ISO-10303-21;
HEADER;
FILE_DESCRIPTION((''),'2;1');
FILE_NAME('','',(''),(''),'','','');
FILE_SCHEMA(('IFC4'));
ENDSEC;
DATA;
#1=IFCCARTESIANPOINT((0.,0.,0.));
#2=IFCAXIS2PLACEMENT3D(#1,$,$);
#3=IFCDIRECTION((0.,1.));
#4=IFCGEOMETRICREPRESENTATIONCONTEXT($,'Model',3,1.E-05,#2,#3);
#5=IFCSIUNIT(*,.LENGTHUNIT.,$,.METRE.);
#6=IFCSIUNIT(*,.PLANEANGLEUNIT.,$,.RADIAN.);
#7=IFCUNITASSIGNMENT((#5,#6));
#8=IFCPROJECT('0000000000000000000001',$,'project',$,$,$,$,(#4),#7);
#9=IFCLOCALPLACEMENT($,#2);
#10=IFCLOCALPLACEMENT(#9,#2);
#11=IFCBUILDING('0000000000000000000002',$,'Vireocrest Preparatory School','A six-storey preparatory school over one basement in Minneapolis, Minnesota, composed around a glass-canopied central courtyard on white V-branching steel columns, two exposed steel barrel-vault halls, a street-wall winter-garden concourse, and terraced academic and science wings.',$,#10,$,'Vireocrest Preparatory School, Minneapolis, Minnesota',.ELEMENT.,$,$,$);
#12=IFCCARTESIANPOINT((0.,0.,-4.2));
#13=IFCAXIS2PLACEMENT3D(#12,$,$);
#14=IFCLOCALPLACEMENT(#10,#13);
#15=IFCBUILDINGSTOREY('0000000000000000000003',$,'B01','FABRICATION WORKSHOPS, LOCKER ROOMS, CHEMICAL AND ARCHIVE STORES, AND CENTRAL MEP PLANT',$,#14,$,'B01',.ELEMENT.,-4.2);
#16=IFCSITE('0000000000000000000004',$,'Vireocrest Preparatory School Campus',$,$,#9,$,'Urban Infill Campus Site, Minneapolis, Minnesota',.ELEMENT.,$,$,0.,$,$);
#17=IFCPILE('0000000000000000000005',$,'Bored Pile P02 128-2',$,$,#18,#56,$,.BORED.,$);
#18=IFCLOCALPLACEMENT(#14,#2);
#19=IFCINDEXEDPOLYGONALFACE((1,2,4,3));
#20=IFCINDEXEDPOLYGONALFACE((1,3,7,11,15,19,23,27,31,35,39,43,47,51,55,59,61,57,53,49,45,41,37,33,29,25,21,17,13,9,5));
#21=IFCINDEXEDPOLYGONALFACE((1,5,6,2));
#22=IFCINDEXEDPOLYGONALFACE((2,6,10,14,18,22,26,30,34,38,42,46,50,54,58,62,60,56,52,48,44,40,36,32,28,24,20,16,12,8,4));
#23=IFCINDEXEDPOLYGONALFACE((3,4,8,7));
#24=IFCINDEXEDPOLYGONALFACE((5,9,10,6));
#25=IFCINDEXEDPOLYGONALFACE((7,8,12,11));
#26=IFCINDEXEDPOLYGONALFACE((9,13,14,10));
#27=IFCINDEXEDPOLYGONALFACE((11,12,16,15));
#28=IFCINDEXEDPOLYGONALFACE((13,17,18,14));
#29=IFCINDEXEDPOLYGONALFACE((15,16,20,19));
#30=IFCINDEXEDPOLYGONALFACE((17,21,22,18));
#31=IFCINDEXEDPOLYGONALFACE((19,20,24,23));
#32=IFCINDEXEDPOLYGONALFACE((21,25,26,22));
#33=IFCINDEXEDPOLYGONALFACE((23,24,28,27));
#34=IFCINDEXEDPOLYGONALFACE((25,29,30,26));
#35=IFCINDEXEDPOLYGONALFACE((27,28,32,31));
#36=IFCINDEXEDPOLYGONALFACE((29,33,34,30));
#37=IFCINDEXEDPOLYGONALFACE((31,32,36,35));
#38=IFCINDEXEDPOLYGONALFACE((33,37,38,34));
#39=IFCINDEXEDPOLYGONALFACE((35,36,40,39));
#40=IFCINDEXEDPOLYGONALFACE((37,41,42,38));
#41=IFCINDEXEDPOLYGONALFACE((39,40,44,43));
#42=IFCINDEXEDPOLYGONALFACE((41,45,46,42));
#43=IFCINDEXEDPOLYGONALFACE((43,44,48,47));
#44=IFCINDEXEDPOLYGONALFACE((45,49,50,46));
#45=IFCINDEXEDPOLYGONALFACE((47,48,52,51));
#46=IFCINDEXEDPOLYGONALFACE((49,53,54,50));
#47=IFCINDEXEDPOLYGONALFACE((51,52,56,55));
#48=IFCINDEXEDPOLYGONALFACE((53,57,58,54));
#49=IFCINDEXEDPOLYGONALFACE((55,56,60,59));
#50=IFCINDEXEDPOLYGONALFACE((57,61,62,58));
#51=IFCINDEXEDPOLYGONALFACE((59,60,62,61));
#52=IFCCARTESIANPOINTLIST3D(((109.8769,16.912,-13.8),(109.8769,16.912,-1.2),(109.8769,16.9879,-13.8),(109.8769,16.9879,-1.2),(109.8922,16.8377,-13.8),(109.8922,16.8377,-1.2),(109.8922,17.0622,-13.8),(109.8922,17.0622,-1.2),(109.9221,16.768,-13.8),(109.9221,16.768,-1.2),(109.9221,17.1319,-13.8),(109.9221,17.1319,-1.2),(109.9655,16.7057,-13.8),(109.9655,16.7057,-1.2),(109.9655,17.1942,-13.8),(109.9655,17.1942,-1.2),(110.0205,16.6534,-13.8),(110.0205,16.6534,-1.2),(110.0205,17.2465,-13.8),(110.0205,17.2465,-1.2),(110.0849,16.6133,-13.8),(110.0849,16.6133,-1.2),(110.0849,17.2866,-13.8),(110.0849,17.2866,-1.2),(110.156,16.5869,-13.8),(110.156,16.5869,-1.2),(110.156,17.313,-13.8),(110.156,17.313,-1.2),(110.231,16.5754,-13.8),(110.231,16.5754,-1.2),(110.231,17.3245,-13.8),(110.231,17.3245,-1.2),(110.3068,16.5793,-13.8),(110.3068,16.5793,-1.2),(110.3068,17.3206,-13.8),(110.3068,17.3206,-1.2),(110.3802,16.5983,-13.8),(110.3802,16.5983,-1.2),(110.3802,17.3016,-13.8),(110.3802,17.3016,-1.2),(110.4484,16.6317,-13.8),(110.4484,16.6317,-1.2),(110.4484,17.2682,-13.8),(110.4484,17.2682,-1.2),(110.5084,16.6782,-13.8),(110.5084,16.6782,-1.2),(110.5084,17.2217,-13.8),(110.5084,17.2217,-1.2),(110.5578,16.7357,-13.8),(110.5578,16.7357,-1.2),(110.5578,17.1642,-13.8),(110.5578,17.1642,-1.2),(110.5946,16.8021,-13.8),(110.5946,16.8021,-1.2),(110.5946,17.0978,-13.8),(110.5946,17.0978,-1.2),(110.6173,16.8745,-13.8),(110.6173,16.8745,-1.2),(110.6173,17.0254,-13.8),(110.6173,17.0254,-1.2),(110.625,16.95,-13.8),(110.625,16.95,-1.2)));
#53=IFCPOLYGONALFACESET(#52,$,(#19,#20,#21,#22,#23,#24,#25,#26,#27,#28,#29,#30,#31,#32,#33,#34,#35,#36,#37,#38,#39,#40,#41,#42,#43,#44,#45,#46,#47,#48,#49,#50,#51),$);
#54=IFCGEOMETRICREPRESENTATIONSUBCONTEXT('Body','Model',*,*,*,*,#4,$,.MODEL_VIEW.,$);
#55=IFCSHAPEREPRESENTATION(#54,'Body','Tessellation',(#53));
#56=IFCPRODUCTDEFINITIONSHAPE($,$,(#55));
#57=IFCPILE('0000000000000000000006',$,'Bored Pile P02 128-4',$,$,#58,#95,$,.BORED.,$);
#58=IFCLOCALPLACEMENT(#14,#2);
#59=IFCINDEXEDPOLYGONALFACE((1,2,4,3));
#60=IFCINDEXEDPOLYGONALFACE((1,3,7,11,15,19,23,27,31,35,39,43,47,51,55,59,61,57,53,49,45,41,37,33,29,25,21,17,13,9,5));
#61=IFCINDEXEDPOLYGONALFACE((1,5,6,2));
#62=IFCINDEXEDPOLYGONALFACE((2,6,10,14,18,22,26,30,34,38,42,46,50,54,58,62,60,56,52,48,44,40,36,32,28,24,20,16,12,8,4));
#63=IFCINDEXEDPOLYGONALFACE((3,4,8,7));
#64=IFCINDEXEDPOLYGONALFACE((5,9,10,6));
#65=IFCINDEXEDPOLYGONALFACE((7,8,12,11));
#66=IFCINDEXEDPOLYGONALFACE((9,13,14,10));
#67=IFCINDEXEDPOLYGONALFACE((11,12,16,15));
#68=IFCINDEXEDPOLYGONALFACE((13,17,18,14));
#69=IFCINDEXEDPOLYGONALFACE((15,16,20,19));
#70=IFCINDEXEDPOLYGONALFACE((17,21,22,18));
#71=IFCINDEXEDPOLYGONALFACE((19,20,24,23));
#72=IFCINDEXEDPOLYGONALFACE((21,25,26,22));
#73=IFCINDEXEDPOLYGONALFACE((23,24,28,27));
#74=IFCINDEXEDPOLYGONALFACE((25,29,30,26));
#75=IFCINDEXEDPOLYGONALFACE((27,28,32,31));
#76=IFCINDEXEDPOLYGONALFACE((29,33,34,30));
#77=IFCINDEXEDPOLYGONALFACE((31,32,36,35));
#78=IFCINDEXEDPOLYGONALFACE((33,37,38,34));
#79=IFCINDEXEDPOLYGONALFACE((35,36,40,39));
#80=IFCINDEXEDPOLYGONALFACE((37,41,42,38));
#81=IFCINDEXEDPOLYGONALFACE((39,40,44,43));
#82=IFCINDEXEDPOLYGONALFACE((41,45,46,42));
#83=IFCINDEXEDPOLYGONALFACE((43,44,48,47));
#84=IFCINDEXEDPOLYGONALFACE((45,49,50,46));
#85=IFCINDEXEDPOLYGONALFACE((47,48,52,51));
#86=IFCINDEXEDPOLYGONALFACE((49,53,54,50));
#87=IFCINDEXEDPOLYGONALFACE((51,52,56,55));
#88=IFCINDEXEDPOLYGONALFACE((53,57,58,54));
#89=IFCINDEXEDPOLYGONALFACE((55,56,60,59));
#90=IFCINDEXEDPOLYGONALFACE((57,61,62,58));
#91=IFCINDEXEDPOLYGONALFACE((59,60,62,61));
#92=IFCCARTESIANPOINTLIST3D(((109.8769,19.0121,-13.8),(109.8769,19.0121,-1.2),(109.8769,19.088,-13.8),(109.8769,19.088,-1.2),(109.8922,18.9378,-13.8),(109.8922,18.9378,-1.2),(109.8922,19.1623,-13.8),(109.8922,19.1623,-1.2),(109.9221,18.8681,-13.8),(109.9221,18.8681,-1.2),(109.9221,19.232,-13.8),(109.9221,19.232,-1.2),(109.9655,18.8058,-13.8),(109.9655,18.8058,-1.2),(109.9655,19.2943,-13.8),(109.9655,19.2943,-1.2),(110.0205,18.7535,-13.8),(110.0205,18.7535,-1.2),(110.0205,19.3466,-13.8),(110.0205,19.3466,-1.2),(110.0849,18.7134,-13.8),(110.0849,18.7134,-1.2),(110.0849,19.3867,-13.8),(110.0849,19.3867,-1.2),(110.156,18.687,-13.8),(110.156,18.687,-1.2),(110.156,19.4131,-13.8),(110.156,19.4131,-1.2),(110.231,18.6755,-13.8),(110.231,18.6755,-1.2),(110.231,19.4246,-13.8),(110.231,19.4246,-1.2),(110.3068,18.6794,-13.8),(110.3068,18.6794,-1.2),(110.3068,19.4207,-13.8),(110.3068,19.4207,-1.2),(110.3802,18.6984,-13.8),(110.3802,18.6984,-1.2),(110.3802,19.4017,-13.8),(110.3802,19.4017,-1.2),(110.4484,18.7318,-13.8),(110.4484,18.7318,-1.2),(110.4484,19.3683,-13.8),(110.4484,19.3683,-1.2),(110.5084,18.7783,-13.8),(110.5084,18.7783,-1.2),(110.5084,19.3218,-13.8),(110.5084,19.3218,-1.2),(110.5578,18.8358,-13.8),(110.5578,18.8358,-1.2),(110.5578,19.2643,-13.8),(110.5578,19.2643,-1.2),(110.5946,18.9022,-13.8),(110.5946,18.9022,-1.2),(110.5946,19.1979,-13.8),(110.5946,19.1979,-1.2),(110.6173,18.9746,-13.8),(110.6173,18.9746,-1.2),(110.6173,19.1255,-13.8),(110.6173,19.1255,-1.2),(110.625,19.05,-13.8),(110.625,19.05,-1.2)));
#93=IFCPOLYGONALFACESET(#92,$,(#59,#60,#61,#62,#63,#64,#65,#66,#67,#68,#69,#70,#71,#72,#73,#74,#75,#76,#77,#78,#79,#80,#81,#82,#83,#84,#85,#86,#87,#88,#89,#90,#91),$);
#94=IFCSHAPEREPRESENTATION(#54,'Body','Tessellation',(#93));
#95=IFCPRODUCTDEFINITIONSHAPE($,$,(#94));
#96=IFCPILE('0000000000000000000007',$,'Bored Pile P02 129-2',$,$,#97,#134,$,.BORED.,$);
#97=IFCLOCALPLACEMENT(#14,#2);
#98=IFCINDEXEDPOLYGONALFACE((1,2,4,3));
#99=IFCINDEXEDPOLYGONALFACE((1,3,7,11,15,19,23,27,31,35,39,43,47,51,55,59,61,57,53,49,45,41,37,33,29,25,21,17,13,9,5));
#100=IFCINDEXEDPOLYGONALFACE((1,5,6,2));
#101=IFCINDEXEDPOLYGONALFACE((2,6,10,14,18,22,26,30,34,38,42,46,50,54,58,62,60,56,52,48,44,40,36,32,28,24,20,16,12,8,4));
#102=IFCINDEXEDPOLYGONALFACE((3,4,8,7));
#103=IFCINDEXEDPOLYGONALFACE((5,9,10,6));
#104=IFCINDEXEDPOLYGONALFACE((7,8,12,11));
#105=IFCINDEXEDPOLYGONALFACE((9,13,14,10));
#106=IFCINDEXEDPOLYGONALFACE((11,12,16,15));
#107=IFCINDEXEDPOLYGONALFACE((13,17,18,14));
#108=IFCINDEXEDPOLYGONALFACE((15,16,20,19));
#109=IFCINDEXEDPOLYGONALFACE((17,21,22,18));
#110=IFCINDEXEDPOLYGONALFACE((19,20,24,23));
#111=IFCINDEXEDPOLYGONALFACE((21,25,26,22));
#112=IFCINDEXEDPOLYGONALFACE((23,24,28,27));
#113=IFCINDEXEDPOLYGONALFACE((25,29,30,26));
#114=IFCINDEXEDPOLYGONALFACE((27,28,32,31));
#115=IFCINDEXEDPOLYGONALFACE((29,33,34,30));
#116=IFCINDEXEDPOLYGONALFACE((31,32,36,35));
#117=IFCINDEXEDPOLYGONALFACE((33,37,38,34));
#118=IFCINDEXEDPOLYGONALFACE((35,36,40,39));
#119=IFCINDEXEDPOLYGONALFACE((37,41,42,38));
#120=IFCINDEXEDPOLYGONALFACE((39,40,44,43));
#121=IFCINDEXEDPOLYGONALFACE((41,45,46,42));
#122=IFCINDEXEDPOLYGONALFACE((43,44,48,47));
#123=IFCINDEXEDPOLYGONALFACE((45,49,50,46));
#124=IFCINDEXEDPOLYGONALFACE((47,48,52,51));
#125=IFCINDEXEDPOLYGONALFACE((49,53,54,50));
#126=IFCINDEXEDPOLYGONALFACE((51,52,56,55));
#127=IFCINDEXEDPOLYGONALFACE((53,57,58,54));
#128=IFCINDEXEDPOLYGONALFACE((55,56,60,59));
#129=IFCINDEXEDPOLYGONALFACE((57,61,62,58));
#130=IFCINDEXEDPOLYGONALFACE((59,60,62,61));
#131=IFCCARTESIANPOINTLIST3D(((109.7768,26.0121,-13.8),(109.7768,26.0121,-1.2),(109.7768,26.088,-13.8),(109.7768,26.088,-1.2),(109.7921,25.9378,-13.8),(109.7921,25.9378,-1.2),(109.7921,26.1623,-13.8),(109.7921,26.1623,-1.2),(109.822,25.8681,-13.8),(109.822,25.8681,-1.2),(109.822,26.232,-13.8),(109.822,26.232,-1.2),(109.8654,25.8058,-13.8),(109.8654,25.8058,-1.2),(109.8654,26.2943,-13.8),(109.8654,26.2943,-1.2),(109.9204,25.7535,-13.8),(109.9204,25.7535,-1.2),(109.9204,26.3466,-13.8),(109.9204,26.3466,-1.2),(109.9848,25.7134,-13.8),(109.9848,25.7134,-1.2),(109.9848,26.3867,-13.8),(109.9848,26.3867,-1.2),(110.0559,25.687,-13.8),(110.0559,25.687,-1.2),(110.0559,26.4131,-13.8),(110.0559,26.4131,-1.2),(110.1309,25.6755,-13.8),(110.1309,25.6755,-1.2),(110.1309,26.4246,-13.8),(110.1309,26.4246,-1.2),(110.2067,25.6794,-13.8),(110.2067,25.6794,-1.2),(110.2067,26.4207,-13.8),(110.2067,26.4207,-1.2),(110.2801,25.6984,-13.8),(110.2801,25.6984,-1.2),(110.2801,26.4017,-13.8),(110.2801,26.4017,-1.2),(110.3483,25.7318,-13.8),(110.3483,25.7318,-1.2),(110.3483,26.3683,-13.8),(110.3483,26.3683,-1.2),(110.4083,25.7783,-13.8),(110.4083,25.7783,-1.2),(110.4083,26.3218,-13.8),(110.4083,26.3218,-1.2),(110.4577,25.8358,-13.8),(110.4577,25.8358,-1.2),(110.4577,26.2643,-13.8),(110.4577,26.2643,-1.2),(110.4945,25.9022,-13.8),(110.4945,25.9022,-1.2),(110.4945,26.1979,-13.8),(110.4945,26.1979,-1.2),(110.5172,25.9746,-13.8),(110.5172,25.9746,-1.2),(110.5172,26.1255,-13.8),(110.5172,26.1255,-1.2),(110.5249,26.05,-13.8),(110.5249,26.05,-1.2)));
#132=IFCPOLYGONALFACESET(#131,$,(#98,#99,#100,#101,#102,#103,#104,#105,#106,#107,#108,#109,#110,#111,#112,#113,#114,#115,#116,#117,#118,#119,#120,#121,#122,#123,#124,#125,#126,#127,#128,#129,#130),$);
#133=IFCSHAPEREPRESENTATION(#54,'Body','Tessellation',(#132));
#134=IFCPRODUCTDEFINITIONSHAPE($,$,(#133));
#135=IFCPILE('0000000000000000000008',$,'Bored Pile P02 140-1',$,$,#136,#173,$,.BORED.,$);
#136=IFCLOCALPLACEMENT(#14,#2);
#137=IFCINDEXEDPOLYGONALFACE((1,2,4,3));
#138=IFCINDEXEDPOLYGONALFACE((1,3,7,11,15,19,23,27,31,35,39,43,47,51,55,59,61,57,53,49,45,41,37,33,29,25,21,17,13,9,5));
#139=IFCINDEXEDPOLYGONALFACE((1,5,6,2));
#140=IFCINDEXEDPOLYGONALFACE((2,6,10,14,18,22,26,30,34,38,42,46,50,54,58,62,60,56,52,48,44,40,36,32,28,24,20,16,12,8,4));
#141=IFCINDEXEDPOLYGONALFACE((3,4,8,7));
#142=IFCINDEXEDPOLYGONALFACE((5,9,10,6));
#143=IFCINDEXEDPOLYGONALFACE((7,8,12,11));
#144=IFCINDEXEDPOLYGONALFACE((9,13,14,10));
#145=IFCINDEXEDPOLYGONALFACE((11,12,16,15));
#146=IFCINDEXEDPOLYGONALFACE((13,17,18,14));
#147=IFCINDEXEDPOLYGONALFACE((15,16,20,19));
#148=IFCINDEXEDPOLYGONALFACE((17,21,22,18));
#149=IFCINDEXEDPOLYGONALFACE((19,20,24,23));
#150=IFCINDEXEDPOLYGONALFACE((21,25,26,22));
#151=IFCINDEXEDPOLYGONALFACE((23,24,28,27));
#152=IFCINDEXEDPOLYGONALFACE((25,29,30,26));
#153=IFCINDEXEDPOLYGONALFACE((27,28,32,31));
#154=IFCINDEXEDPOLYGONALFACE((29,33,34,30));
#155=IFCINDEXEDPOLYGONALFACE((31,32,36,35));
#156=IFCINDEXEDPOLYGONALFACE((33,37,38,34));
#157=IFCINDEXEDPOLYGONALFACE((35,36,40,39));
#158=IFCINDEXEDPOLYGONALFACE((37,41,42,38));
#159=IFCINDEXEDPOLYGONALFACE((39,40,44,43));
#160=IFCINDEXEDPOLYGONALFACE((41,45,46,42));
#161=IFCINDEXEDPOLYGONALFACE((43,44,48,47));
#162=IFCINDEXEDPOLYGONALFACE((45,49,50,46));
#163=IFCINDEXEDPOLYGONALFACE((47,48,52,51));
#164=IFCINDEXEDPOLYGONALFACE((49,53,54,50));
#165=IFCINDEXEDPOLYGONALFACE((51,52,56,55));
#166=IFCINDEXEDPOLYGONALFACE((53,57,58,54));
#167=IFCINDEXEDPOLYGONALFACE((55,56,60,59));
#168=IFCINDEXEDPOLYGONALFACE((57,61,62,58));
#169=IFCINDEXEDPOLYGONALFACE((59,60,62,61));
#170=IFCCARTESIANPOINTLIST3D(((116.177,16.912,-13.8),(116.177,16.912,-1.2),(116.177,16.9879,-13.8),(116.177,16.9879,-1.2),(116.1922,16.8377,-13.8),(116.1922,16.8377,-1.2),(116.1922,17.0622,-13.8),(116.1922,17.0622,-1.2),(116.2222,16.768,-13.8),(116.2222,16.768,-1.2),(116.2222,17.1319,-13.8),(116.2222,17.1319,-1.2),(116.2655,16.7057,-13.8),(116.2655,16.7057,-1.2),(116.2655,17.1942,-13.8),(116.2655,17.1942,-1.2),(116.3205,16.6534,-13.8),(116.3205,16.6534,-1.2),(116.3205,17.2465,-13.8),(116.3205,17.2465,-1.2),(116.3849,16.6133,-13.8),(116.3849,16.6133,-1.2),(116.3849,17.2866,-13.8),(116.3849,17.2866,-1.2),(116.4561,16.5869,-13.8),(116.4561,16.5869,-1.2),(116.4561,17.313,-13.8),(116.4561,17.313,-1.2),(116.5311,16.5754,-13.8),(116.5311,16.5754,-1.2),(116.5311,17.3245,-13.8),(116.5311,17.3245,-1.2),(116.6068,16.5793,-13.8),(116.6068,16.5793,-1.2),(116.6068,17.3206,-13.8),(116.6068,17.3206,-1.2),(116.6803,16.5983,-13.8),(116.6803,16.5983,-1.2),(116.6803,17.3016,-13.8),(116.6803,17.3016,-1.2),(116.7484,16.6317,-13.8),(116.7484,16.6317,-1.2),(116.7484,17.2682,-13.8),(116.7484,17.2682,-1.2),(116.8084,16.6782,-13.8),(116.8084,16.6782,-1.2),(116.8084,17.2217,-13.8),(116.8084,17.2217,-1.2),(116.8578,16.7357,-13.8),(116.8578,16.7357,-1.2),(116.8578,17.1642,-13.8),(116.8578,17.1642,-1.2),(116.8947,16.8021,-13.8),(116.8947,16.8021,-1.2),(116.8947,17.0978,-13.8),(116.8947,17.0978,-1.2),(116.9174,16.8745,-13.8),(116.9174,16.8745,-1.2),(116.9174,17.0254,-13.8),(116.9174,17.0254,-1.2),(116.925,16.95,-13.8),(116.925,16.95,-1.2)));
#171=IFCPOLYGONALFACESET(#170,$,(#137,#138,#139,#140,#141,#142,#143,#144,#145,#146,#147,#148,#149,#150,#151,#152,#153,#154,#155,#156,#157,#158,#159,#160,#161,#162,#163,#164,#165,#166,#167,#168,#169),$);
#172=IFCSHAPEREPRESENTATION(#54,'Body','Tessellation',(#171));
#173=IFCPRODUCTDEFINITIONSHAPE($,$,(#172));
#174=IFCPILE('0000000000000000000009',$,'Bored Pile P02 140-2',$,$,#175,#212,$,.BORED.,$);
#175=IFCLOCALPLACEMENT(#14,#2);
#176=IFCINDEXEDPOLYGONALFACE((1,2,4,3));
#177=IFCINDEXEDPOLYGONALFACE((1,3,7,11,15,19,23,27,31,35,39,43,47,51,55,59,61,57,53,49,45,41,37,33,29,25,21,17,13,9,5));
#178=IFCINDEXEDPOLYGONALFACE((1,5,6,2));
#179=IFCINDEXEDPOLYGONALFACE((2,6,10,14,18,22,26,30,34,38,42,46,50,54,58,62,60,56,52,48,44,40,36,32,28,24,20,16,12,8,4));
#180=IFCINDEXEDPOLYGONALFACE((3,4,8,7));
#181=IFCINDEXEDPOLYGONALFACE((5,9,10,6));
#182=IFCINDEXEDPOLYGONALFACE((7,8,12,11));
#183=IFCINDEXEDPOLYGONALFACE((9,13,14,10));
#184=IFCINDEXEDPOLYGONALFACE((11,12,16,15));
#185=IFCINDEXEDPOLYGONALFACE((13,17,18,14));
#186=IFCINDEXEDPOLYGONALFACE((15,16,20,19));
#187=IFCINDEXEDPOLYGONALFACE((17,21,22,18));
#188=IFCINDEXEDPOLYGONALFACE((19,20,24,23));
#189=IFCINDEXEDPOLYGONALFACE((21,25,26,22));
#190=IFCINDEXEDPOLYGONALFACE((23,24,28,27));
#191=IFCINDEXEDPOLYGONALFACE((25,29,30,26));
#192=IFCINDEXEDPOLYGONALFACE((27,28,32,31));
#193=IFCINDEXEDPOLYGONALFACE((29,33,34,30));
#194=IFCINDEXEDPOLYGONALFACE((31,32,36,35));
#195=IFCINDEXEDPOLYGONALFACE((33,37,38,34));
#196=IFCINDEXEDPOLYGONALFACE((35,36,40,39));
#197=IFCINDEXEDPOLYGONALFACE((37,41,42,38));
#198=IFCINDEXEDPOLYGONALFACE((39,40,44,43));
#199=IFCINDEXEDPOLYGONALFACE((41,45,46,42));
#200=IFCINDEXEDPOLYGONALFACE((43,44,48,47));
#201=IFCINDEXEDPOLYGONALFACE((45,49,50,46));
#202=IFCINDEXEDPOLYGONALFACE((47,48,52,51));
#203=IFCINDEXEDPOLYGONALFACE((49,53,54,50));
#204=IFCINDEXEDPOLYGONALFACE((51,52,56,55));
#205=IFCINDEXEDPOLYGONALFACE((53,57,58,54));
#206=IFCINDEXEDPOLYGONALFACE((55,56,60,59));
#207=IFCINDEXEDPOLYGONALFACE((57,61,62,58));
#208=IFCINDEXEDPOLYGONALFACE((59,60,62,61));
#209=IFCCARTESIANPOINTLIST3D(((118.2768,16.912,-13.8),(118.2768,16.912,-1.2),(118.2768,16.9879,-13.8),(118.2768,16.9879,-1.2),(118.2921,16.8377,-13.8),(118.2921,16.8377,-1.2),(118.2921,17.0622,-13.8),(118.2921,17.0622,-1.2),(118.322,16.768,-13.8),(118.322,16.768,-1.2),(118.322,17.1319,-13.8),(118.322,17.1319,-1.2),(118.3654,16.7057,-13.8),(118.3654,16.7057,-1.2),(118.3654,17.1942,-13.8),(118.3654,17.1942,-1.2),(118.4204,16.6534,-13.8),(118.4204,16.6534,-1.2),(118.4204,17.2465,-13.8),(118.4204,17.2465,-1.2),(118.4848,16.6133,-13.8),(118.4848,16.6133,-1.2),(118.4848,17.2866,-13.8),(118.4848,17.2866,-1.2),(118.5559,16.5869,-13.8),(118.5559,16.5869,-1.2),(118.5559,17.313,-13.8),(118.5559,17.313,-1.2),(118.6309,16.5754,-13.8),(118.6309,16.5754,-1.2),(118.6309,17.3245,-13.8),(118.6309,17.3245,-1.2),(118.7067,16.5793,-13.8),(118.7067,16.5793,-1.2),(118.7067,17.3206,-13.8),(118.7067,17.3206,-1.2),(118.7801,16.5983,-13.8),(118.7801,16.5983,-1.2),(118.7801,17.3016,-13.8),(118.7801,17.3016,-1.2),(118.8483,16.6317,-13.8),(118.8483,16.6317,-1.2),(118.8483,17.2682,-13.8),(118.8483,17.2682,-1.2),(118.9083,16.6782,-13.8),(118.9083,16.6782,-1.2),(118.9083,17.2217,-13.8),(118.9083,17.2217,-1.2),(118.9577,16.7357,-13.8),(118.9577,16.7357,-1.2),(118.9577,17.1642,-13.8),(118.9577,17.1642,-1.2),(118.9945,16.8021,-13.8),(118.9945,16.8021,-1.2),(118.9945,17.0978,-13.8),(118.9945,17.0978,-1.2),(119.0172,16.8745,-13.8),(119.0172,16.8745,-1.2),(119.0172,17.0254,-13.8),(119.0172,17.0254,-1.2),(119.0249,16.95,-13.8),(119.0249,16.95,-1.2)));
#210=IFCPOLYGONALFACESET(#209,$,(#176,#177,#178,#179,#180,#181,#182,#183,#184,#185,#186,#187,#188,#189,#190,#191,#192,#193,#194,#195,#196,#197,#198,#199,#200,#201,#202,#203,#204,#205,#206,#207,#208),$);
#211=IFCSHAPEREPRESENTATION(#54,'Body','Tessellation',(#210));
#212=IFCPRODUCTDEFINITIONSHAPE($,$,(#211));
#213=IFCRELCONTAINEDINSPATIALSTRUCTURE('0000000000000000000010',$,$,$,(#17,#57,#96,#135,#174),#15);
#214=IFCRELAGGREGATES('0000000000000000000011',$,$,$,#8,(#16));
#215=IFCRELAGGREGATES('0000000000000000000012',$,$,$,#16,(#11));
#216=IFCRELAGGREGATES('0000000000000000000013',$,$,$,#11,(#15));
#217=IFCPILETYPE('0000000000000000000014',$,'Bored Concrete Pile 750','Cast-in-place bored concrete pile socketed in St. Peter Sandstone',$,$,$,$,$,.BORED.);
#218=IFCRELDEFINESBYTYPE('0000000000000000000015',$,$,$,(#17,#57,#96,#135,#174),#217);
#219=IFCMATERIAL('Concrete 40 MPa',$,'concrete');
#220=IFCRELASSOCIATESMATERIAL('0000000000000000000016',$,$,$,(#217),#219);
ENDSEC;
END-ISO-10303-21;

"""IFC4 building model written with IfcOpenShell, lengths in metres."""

from ifc_helpers import new_model, si_unit, direction, frame, origin, origin_2d, place, context, subcontext, project, spatial, circle, extrude, material, material_profile, profile_set, type_object, element, save


model = new_model("IFC4")

# Units and contexts
model_context = context("Model", 3, precision=1e-05, world=origin(), true_north=direction((0.0, 1.0)))
body_context = subcontext(model_context, "Body", "Model", "MODEL_VIEW")
ifc_project = project(units=[si_unit("LENGTHUNIT", "METRE"), si_unit("PLANEANGLEUNIT", "RADIAN")], contexts=[model_context])

# Site, building, storey
site_placement = place(None, origin())
site = spatial("IfcSite", under=ifc_project, at=site_placement, Name="Vireocrest Preparatory School Campus", LongName="Urban Infill Campus Site, Minneapolis, Minnesota", CompositionType="ELEMENT", RefElevation=0.0)
building_placement = place(site_placement, origin())
building = spatial("IfcBuilding", under=site, at=building_placement, Name="Vireocrest Preparatory School", Description="A six-storey preparatory school over one basement in Minneapolis, Minnesota, composed around a glass-canopied central courtyard on white V-branching steel columns, two exposed steel barrel-vault halls, a street-wall winter-garden concourse, and terraced academic and science wings.", LongName="Vireocrest Preparatory School, Minneapolis, Minnesota", CompositionType="ELEMENT")
storey_placement = place(building_placement, frame((0.0, 0.0, -4.2)))
storey = spatial("IfcBuildingStorey", under=building, at=storey_placement, Name="B01", Description="FABRICATION WORKSHOPS, LOCKER ROOMS, CHEMICAL AND ARCHIVE STORES, AND CENTRAL MEP PLANT", LongName="B01", CompositionType="ELEMENT", Elevation=-4.2)

# Piles
ifc_material_1 = material(Name="Concrete 40 MPa", Category="concrete")
ifc_material_profile_1 = material_profile(ifc_material_1, circle(Radius=0.375, at=origin_2d()), Name="BORED PILE 750")
ifc_profile_set_1 = profile_set([ifc_material_profile_1], Name="Concrete 40 MPa")
pile_type = type_object("IfcPileType", Name="Bored Concrete Pile 750", Description="Cast-in-place bored concrete pile socketed in St. Peter Sandstone", PredefinedType="BORED", material=ifc_profile_set_1)
for number, where, z_axis, x_axis, name in (
    (1, (110.25, 16.95, -1.2), (0.0, 0.0, -1.0), (1.0, 0.0, 0.0), "Bored Pile P02 128-2"),
    (2, (110.25, 19.05, -1.2), (0.0, 0.0, -1.0), (1.0, 0.0, 0.0), "Bored Pile P02 128-4"),
    (3, (110.1499, 26.05, -1.2), (0.0, 0.0, -1.0), (1.0, 0.0, 0.0), "Bored Pile P02 129-2"),
    (4, (116.55, 16.95, -1.2), (0.0, 0.0, -1.0), (1.0, 0.0, 0.0), "Bored Pile P02 140-1"),
    (5, (118.6499, 16.95, -1.2), (0.0, 0.0, -1.0), (1.0, 0.0, 0.0), "Bored Pile P02 140-2"),
):
    element("IfcPile", number, at=place(storey_placement, frame(where, z_axis=z_axis, x_axis=x_axis)), inside=storey, type_object=pile_type, Name=name, PredefinedType="BORED", context=body_context, shape_type="SweptSolid", body=[
        extrude(circle(Radius=0.375, at=origin_2d()), origin(), (0.0, 0.0, 1.0), 12.6001),
    ])

save(model, "model.ifc")
